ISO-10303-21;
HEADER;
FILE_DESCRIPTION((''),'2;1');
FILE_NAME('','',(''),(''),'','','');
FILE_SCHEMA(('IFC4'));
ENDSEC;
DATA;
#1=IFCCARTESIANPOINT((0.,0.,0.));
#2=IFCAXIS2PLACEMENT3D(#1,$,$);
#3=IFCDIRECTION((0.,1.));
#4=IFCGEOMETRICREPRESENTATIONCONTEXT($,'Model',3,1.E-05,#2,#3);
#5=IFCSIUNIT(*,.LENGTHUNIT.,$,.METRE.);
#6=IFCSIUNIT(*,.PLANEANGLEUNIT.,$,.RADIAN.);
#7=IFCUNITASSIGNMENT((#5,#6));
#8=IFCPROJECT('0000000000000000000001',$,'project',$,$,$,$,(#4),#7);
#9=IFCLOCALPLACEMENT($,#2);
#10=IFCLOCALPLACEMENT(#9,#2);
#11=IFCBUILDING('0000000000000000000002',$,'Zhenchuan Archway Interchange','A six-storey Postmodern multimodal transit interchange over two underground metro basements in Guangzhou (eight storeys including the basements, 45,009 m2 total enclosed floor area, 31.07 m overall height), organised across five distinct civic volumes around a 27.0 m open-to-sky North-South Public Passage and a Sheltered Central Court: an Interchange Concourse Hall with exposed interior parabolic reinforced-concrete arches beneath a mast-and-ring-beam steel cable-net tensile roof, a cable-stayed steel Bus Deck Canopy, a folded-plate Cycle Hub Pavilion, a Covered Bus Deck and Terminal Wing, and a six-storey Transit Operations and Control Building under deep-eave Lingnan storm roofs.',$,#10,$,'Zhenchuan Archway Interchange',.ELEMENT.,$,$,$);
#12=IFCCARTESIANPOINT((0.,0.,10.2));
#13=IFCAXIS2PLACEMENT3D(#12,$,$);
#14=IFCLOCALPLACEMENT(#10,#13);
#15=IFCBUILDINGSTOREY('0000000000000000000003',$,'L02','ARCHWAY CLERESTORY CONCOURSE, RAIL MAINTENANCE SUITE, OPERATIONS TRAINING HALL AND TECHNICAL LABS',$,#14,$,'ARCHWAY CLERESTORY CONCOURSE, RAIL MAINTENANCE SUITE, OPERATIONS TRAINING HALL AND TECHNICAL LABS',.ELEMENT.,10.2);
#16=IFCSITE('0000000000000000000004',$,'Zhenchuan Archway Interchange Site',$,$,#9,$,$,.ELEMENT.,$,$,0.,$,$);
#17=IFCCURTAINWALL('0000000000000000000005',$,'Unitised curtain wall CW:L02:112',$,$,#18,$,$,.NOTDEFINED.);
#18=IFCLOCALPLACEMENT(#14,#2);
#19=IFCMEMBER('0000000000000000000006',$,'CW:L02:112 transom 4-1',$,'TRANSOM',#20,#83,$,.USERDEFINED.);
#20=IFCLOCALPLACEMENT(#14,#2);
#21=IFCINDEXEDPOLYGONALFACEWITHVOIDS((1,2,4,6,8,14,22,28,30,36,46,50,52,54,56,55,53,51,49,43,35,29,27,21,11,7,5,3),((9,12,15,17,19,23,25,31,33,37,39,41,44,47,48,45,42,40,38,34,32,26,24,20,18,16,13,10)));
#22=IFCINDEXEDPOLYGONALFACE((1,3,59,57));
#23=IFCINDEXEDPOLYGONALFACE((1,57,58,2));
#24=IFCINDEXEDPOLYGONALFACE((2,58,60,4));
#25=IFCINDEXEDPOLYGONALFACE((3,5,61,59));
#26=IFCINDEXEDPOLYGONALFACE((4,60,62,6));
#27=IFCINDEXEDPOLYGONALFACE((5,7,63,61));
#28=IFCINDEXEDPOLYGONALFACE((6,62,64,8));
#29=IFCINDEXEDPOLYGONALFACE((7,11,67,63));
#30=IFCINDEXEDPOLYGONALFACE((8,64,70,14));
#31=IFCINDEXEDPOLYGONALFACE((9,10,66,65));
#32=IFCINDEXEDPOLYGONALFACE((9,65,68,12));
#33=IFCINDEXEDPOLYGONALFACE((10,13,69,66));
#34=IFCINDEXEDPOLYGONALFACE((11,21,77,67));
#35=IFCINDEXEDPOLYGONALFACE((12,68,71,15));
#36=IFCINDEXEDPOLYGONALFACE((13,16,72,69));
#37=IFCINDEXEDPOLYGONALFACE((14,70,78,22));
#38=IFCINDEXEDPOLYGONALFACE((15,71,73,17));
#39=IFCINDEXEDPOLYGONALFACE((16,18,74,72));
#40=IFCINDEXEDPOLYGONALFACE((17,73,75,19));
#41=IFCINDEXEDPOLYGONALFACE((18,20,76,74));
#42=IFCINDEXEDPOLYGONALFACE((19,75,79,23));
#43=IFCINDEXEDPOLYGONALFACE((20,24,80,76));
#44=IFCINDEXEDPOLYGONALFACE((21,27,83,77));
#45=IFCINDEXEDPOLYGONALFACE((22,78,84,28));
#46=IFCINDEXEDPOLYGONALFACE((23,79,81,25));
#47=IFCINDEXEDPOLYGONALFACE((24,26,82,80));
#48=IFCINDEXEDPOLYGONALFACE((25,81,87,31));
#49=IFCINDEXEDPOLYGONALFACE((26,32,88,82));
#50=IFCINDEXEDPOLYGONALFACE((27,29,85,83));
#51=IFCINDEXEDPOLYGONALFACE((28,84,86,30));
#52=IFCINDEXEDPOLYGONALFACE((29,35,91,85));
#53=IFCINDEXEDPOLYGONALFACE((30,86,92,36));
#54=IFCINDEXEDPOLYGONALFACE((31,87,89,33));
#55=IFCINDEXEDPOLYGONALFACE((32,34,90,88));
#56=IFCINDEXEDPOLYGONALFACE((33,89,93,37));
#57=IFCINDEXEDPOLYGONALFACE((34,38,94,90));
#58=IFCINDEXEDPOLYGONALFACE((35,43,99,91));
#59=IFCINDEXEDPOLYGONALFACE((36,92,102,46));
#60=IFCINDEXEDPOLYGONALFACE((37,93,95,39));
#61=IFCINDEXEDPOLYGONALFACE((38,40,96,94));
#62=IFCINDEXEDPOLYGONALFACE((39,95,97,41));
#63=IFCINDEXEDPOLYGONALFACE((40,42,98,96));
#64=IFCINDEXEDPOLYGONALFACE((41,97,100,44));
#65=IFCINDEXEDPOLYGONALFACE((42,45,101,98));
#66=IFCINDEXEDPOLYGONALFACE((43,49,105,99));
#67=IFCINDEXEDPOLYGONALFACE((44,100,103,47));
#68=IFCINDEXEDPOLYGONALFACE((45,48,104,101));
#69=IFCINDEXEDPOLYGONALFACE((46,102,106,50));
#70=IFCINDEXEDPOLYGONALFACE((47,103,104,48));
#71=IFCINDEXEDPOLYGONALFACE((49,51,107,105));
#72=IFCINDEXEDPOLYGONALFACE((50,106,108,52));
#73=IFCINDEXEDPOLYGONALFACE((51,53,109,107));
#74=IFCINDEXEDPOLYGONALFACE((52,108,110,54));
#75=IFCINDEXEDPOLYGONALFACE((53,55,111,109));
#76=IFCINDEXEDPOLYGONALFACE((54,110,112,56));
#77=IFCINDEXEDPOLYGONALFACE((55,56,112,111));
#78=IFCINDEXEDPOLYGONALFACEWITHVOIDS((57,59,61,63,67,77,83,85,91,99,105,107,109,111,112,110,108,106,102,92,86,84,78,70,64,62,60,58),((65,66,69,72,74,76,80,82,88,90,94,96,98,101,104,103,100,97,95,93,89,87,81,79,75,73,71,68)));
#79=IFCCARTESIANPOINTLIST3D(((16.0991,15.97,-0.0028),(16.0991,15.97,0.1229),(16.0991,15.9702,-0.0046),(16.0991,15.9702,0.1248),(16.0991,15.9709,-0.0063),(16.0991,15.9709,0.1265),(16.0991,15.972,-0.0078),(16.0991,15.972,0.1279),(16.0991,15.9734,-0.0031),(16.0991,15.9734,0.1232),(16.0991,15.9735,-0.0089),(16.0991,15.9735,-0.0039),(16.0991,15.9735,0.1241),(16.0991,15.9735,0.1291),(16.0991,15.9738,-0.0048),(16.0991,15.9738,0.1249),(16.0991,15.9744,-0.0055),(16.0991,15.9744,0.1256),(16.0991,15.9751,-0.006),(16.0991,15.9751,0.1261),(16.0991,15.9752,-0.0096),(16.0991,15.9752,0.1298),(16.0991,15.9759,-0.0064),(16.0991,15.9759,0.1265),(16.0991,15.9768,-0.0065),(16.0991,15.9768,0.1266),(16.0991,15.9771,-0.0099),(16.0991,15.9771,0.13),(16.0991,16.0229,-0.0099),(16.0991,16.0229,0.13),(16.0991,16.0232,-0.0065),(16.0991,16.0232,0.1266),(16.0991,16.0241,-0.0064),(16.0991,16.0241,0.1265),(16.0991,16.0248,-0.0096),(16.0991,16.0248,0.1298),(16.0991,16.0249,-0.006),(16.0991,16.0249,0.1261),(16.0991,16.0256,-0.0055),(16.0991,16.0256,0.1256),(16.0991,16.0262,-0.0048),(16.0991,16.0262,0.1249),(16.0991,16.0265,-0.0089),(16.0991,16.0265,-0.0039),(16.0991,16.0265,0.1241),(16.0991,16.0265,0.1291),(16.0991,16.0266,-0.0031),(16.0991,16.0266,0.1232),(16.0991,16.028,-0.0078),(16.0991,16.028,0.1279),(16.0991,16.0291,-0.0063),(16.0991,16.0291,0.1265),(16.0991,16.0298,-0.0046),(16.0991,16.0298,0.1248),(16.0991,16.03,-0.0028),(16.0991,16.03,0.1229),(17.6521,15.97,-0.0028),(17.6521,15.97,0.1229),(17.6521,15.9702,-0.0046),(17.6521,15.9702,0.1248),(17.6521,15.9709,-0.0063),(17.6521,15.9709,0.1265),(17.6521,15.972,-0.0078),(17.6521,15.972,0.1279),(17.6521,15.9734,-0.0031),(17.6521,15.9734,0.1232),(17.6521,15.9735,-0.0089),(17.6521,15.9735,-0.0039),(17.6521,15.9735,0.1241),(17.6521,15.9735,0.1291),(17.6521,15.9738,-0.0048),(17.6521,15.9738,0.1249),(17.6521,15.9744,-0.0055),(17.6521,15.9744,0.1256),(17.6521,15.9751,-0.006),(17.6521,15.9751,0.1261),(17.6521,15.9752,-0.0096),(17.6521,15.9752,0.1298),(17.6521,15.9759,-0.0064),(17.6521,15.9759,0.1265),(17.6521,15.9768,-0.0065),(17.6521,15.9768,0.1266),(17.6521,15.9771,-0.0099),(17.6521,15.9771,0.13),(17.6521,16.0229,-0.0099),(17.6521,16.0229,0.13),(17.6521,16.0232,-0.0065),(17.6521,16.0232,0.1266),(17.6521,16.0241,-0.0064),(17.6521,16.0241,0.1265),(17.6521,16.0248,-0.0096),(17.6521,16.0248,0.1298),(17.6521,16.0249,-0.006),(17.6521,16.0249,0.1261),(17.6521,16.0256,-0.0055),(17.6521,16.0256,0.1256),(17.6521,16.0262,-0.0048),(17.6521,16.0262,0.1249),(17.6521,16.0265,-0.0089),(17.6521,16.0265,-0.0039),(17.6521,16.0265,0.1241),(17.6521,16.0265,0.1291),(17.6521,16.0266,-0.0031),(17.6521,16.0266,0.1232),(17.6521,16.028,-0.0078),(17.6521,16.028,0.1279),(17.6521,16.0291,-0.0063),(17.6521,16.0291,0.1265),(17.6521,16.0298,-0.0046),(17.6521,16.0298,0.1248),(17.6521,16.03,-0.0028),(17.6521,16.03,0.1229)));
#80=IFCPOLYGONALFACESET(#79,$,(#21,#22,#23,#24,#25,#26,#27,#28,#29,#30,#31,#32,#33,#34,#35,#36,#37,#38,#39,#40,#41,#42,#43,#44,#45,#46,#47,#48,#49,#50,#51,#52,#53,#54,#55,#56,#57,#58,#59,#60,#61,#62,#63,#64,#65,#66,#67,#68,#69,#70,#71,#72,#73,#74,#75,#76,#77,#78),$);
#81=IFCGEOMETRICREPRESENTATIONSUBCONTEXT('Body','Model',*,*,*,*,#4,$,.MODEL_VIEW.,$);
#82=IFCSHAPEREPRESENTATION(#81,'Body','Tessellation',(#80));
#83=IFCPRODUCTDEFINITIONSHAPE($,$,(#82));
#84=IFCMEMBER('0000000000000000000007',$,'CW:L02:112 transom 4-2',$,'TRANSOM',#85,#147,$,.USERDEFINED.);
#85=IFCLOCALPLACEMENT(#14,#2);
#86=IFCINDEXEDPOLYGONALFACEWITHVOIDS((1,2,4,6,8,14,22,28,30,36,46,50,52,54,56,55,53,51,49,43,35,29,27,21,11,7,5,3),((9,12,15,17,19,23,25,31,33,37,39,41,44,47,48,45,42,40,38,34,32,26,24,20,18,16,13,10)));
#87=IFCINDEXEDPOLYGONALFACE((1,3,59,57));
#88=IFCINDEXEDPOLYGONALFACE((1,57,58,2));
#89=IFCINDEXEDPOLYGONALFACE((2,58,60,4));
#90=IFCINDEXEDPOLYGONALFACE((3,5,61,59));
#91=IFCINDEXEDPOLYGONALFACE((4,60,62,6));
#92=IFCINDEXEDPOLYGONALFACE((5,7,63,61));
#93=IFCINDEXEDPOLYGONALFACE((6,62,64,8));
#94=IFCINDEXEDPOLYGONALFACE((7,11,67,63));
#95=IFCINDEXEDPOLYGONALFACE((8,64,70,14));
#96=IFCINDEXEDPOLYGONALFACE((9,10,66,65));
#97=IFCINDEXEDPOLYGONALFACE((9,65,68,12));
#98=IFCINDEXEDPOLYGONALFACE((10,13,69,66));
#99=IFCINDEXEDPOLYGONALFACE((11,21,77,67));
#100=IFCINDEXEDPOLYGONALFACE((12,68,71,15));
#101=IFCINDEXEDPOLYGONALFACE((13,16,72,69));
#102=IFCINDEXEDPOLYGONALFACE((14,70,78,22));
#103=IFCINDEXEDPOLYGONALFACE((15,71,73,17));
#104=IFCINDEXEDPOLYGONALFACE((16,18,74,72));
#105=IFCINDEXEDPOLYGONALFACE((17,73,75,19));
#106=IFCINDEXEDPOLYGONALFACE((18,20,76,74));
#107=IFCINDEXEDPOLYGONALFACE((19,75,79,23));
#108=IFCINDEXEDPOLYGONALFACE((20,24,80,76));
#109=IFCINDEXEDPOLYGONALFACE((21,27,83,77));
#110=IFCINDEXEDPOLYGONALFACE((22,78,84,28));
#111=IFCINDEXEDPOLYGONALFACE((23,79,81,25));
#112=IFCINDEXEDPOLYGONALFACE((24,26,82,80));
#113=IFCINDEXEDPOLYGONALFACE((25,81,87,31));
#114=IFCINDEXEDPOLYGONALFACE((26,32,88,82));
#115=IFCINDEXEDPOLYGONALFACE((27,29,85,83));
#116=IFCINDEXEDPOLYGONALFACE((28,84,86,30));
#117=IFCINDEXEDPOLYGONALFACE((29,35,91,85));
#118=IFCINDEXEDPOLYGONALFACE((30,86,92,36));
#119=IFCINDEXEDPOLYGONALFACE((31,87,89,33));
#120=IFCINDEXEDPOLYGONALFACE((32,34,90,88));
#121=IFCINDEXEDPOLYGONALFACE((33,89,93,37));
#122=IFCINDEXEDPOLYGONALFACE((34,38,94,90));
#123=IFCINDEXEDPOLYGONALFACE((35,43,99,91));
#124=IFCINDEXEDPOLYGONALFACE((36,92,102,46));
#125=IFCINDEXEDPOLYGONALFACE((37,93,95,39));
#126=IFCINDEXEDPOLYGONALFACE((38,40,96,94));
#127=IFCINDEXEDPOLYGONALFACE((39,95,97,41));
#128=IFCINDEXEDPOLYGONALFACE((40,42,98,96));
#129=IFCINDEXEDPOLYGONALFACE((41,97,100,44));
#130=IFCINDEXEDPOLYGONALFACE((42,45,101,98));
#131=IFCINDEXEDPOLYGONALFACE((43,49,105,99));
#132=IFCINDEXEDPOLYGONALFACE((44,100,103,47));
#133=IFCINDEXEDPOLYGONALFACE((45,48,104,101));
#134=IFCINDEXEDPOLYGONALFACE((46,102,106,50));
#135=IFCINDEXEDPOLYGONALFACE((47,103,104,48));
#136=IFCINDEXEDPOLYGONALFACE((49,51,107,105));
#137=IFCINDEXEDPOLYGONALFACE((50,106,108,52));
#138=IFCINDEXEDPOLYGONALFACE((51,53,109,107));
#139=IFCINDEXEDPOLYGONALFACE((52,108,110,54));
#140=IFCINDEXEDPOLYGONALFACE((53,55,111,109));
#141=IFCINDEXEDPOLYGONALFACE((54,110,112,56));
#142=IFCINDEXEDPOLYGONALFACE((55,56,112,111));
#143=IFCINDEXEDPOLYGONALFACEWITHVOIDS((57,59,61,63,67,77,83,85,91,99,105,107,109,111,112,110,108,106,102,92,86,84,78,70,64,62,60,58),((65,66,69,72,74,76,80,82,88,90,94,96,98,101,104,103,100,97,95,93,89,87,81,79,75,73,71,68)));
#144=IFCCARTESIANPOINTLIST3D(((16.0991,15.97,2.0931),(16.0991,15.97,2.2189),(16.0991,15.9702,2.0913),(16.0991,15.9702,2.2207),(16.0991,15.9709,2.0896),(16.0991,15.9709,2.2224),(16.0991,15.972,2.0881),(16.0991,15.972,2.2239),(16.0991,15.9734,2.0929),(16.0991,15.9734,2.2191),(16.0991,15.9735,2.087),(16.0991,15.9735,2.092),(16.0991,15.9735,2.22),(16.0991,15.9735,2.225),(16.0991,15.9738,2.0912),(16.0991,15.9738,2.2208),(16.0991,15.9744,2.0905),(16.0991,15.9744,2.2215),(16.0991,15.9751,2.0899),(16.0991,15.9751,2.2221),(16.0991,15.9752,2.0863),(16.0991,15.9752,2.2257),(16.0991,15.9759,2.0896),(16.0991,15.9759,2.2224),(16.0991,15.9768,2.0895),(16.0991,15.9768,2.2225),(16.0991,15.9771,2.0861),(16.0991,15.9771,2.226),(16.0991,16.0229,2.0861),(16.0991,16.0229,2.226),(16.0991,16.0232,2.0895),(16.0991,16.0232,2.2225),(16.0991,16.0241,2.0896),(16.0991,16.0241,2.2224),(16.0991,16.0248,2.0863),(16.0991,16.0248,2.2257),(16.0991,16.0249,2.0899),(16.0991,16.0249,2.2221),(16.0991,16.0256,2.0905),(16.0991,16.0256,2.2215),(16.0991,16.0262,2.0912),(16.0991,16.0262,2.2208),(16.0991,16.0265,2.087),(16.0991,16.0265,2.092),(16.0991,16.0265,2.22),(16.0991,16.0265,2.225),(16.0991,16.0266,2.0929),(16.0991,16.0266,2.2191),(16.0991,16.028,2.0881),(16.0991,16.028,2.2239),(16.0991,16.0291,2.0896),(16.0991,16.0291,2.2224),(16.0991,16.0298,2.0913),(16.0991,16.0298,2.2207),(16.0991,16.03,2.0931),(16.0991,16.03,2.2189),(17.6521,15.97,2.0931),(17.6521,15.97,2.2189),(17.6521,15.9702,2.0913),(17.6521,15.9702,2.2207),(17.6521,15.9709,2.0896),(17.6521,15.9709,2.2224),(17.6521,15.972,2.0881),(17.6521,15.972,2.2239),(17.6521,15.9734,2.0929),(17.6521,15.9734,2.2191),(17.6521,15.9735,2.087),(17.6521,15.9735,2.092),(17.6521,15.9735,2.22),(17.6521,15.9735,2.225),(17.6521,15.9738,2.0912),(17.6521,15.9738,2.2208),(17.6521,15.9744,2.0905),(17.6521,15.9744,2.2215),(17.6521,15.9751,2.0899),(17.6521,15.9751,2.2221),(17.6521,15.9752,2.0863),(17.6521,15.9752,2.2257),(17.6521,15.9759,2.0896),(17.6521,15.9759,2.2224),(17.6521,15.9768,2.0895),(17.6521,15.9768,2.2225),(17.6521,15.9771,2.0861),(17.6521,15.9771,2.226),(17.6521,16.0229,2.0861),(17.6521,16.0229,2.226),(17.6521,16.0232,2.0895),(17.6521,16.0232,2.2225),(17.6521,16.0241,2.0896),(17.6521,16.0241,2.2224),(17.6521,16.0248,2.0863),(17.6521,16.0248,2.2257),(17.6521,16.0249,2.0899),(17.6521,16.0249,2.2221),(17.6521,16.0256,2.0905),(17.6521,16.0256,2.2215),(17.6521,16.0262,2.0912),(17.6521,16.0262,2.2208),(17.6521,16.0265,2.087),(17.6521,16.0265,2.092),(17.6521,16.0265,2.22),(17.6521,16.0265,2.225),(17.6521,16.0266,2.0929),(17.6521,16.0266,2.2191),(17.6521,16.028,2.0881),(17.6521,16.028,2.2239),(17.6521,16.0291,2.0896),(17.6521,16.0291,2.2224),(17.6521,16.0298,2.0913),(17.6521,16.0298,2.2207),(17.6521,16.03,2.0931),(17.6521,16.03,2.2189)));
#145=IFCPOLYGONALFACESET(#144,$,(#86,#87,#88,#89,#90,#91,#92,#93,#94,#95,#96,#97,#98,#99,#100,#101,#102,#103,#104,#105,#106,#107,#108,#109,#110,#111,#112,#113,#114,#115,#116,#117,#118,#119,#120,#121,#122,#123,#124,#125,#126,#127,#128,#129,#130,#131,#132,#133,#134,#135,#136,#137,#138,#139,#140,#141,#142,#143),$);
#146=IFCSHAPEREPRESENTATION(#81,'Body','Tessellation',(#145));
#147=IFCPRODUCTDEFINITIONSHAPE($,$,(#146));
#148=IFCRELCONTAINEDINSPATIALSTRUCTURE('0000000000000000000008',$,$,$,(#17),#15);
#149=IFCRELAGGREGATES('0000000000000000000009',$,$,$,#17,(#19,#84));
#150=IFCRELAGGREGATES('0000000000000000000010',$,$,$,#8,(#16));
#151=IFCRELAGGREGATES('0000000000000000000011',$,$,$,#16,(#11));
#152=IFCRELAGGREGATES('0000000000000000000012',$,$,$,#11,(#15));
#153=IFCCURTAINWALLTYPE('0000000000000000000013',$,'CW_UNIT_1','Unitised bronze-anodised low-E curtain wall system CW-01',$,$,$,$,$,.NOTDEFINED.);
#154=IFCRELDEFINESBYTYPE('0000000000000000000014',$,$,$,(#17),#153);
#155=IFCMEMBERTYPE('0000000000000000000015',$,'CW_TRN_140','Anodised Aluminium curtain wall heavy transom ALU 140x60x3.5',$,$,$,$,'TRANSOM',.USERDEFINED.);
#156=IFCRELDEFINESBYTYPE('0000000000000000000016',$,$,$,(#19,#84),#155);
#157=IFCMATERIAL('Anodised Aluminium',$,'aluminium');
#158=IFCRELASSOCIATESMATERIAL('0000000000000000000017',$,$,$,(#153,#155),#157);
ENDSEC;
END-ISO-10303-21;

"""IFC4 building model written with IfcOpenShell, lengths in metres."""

from ifc_helpers import new_model, si_unit, direction, frame, origin, origin_2d, place, context, subcontext, project, spatial, hollow_rectangle, extrude, material, material_profile, profile_set, type_object, element, aggregate, save


model = new_model("IFC4")

# Units and contexts
model_context = context("Model", 3, precision=1e-05, world=origin(), true_north=direction((0.0, 1.0)))
body_context = subcontext(model_context, "Body", "Model", "MODEL_VIEW")
ifc_project = project(units=[si_unit("LENGTHUNIT", "METRE"), si_unit("PLANEANGLEUNIT", "RADIAN")], contexts=[model_context])

# Site, building, storey
site_placement = place(None, origin())
site = spatial("IfcSite", under=ifc_project, at=site_placement, Name="Zhenchuan Archway Interchange Site", CompositionType="ELEMENT", RefElevation=0.0)
building_placement = place(site_placement, origin())
building = spatial("IfcBuilding", under=site, at=building_placement, Name="Zhenchuan Archway Interchange", Description="A six-storey Postmodern multimodal transit interchange over two underground metro basements in Guangzhou (eight storeys including the basements, 45,009 m2 total enclosed floor area, 31.07 m overall height), organised across five distinct civic volumes around a 27.0 m open-to-sky North-South Public Passage and a Sheltered Central Court: an Interchange Concourse Hall with exposed interior parabolic reinforced-concrete arches beneath a mast-and-ring-beam steel cable-net tensile roof, a cable-stayed steel Bus Deck Canopy, a folded-plate Cycle Hub Pavilion, a Covered Bus Deck and Terminal Wing, and a six-storey Transit Operations and Control Building under deep-eave Lingnan storm roofs.", LongName="Zhenchuan Archway Interchange", CompositionType="ELEMENT")
storey_placement = place(building_placement, frame((0.0, 0.0, 10.2)))
storey = spatial("IfcBuildingStorey", under=building, at=storey_placement, Name="L02", Description="ARCHWAY CLERESTORY CONCOURSE, RAIL MAINTENANCE SUITE, OPERATIONS TRAINING HALL AND TECHNICAL LABS", LongName="ARCHWAY CLERESTORY CONCOURSE, RAIL MAINTENANCE SUITE, OPERATIONS TRAINING HALL AND TECHNICAL LABS", CompositionType="ELEMENT", Elevation=10.2)

# Curtain wall, members
ifc_material_1 = material(Name="Anodised Aluminium", Category="aluminium")
curtain_wall_type = type_object("IfcCurtainWallType", Name="CW_UNIT_1", Description="Unitised bronze-anodised low-E curtain wall system CW-01", PredefinedType="NOTDEFINED", material=ifc_material_1)
curtain_wall_placement = place(storey_placement, origin())
curtain_wall = element("IfcCurtainWall", 1, at=curtain_wall_placement, inside=storey, type_object=curtain_wall_type, Name="Unitised curtain wall CW:L02:112", PredefinedType="NOTDEFINED")
ifc_material_profile_1 = material_profile(ifc_material_1, hollow_rectangle(XDim=0.0601, YDim=0.1399, WallThickness=0.0034, InnerFilletRadius=0.0034, OuterFilletRadius=0.0071, at=origin_2d()), Name="ALU 140x60x3.5")
ifc_profile_set_1 = profile_set([ifc_material_profile_1], Name="Anodised Aluminium")
member_type_1 = type_object("IfcMemberType", Name="CW_TRN_140", Description="Anodised Aluminium curtain wall heavy transom ALU 140x60x3.5", ElementType="TRANSOM", PredefinedType="USERDEFINED", material=ifc_profile_set_1)
member_1_placement = place(storey_placement, frame((16.0991, 16.0, 0.0601), z_axis=(1.0, 0.0, 0.0), x_axis=(0.0, 1.0, 0.0)))
member_1 = element("IfcMember", 2, at=member_1_placement, type_object=member_type_1, Name="CW:L02:112 transom 4-1", ObjectType="TRANSOM", PredefinedType="USERDEFINED", context=body_context, shape_type="SweptSolid", body=[
    extrude(hollow_rectangle(XDim=0.0601, YDim=0.1399, WallThickness=0.0034, InnerFilletRadius=0.0034, OuterFilletRadius=0.0071, at=origin_2d()), origin(), (0.0, 0.0, 1.0), 1.553),
])
member_2_placement = place(storey_placement, frame((16.0991, 16.0, 2.156), z_axis=(1.0, 0.0, 0.0), x_axis=(0.0, 1.0, 0.0)))
member_2 = element("IfcMember", 3, at=member_2_placement, type_object=member_type_1, Name="CW:L02:112 transom 4-2", ObjectType="TRANSOM", PredefinedType="USERDEFINED", context=body_context, shape_type="SweptSolid", body=[
    extrude(hollow_rectangle(XDim=0.0601, YDim=0.1399, WallThickness=0.0034, InnerFilletRadius=0.0034, OuterFilletRadius=0.0071, at=origin_2d()), origin(), (0.0, 0.0, 1.0), 1.553),
])
aggregate(curtain_wall, [member_1, member_2])

save(model, "model.ifc")
